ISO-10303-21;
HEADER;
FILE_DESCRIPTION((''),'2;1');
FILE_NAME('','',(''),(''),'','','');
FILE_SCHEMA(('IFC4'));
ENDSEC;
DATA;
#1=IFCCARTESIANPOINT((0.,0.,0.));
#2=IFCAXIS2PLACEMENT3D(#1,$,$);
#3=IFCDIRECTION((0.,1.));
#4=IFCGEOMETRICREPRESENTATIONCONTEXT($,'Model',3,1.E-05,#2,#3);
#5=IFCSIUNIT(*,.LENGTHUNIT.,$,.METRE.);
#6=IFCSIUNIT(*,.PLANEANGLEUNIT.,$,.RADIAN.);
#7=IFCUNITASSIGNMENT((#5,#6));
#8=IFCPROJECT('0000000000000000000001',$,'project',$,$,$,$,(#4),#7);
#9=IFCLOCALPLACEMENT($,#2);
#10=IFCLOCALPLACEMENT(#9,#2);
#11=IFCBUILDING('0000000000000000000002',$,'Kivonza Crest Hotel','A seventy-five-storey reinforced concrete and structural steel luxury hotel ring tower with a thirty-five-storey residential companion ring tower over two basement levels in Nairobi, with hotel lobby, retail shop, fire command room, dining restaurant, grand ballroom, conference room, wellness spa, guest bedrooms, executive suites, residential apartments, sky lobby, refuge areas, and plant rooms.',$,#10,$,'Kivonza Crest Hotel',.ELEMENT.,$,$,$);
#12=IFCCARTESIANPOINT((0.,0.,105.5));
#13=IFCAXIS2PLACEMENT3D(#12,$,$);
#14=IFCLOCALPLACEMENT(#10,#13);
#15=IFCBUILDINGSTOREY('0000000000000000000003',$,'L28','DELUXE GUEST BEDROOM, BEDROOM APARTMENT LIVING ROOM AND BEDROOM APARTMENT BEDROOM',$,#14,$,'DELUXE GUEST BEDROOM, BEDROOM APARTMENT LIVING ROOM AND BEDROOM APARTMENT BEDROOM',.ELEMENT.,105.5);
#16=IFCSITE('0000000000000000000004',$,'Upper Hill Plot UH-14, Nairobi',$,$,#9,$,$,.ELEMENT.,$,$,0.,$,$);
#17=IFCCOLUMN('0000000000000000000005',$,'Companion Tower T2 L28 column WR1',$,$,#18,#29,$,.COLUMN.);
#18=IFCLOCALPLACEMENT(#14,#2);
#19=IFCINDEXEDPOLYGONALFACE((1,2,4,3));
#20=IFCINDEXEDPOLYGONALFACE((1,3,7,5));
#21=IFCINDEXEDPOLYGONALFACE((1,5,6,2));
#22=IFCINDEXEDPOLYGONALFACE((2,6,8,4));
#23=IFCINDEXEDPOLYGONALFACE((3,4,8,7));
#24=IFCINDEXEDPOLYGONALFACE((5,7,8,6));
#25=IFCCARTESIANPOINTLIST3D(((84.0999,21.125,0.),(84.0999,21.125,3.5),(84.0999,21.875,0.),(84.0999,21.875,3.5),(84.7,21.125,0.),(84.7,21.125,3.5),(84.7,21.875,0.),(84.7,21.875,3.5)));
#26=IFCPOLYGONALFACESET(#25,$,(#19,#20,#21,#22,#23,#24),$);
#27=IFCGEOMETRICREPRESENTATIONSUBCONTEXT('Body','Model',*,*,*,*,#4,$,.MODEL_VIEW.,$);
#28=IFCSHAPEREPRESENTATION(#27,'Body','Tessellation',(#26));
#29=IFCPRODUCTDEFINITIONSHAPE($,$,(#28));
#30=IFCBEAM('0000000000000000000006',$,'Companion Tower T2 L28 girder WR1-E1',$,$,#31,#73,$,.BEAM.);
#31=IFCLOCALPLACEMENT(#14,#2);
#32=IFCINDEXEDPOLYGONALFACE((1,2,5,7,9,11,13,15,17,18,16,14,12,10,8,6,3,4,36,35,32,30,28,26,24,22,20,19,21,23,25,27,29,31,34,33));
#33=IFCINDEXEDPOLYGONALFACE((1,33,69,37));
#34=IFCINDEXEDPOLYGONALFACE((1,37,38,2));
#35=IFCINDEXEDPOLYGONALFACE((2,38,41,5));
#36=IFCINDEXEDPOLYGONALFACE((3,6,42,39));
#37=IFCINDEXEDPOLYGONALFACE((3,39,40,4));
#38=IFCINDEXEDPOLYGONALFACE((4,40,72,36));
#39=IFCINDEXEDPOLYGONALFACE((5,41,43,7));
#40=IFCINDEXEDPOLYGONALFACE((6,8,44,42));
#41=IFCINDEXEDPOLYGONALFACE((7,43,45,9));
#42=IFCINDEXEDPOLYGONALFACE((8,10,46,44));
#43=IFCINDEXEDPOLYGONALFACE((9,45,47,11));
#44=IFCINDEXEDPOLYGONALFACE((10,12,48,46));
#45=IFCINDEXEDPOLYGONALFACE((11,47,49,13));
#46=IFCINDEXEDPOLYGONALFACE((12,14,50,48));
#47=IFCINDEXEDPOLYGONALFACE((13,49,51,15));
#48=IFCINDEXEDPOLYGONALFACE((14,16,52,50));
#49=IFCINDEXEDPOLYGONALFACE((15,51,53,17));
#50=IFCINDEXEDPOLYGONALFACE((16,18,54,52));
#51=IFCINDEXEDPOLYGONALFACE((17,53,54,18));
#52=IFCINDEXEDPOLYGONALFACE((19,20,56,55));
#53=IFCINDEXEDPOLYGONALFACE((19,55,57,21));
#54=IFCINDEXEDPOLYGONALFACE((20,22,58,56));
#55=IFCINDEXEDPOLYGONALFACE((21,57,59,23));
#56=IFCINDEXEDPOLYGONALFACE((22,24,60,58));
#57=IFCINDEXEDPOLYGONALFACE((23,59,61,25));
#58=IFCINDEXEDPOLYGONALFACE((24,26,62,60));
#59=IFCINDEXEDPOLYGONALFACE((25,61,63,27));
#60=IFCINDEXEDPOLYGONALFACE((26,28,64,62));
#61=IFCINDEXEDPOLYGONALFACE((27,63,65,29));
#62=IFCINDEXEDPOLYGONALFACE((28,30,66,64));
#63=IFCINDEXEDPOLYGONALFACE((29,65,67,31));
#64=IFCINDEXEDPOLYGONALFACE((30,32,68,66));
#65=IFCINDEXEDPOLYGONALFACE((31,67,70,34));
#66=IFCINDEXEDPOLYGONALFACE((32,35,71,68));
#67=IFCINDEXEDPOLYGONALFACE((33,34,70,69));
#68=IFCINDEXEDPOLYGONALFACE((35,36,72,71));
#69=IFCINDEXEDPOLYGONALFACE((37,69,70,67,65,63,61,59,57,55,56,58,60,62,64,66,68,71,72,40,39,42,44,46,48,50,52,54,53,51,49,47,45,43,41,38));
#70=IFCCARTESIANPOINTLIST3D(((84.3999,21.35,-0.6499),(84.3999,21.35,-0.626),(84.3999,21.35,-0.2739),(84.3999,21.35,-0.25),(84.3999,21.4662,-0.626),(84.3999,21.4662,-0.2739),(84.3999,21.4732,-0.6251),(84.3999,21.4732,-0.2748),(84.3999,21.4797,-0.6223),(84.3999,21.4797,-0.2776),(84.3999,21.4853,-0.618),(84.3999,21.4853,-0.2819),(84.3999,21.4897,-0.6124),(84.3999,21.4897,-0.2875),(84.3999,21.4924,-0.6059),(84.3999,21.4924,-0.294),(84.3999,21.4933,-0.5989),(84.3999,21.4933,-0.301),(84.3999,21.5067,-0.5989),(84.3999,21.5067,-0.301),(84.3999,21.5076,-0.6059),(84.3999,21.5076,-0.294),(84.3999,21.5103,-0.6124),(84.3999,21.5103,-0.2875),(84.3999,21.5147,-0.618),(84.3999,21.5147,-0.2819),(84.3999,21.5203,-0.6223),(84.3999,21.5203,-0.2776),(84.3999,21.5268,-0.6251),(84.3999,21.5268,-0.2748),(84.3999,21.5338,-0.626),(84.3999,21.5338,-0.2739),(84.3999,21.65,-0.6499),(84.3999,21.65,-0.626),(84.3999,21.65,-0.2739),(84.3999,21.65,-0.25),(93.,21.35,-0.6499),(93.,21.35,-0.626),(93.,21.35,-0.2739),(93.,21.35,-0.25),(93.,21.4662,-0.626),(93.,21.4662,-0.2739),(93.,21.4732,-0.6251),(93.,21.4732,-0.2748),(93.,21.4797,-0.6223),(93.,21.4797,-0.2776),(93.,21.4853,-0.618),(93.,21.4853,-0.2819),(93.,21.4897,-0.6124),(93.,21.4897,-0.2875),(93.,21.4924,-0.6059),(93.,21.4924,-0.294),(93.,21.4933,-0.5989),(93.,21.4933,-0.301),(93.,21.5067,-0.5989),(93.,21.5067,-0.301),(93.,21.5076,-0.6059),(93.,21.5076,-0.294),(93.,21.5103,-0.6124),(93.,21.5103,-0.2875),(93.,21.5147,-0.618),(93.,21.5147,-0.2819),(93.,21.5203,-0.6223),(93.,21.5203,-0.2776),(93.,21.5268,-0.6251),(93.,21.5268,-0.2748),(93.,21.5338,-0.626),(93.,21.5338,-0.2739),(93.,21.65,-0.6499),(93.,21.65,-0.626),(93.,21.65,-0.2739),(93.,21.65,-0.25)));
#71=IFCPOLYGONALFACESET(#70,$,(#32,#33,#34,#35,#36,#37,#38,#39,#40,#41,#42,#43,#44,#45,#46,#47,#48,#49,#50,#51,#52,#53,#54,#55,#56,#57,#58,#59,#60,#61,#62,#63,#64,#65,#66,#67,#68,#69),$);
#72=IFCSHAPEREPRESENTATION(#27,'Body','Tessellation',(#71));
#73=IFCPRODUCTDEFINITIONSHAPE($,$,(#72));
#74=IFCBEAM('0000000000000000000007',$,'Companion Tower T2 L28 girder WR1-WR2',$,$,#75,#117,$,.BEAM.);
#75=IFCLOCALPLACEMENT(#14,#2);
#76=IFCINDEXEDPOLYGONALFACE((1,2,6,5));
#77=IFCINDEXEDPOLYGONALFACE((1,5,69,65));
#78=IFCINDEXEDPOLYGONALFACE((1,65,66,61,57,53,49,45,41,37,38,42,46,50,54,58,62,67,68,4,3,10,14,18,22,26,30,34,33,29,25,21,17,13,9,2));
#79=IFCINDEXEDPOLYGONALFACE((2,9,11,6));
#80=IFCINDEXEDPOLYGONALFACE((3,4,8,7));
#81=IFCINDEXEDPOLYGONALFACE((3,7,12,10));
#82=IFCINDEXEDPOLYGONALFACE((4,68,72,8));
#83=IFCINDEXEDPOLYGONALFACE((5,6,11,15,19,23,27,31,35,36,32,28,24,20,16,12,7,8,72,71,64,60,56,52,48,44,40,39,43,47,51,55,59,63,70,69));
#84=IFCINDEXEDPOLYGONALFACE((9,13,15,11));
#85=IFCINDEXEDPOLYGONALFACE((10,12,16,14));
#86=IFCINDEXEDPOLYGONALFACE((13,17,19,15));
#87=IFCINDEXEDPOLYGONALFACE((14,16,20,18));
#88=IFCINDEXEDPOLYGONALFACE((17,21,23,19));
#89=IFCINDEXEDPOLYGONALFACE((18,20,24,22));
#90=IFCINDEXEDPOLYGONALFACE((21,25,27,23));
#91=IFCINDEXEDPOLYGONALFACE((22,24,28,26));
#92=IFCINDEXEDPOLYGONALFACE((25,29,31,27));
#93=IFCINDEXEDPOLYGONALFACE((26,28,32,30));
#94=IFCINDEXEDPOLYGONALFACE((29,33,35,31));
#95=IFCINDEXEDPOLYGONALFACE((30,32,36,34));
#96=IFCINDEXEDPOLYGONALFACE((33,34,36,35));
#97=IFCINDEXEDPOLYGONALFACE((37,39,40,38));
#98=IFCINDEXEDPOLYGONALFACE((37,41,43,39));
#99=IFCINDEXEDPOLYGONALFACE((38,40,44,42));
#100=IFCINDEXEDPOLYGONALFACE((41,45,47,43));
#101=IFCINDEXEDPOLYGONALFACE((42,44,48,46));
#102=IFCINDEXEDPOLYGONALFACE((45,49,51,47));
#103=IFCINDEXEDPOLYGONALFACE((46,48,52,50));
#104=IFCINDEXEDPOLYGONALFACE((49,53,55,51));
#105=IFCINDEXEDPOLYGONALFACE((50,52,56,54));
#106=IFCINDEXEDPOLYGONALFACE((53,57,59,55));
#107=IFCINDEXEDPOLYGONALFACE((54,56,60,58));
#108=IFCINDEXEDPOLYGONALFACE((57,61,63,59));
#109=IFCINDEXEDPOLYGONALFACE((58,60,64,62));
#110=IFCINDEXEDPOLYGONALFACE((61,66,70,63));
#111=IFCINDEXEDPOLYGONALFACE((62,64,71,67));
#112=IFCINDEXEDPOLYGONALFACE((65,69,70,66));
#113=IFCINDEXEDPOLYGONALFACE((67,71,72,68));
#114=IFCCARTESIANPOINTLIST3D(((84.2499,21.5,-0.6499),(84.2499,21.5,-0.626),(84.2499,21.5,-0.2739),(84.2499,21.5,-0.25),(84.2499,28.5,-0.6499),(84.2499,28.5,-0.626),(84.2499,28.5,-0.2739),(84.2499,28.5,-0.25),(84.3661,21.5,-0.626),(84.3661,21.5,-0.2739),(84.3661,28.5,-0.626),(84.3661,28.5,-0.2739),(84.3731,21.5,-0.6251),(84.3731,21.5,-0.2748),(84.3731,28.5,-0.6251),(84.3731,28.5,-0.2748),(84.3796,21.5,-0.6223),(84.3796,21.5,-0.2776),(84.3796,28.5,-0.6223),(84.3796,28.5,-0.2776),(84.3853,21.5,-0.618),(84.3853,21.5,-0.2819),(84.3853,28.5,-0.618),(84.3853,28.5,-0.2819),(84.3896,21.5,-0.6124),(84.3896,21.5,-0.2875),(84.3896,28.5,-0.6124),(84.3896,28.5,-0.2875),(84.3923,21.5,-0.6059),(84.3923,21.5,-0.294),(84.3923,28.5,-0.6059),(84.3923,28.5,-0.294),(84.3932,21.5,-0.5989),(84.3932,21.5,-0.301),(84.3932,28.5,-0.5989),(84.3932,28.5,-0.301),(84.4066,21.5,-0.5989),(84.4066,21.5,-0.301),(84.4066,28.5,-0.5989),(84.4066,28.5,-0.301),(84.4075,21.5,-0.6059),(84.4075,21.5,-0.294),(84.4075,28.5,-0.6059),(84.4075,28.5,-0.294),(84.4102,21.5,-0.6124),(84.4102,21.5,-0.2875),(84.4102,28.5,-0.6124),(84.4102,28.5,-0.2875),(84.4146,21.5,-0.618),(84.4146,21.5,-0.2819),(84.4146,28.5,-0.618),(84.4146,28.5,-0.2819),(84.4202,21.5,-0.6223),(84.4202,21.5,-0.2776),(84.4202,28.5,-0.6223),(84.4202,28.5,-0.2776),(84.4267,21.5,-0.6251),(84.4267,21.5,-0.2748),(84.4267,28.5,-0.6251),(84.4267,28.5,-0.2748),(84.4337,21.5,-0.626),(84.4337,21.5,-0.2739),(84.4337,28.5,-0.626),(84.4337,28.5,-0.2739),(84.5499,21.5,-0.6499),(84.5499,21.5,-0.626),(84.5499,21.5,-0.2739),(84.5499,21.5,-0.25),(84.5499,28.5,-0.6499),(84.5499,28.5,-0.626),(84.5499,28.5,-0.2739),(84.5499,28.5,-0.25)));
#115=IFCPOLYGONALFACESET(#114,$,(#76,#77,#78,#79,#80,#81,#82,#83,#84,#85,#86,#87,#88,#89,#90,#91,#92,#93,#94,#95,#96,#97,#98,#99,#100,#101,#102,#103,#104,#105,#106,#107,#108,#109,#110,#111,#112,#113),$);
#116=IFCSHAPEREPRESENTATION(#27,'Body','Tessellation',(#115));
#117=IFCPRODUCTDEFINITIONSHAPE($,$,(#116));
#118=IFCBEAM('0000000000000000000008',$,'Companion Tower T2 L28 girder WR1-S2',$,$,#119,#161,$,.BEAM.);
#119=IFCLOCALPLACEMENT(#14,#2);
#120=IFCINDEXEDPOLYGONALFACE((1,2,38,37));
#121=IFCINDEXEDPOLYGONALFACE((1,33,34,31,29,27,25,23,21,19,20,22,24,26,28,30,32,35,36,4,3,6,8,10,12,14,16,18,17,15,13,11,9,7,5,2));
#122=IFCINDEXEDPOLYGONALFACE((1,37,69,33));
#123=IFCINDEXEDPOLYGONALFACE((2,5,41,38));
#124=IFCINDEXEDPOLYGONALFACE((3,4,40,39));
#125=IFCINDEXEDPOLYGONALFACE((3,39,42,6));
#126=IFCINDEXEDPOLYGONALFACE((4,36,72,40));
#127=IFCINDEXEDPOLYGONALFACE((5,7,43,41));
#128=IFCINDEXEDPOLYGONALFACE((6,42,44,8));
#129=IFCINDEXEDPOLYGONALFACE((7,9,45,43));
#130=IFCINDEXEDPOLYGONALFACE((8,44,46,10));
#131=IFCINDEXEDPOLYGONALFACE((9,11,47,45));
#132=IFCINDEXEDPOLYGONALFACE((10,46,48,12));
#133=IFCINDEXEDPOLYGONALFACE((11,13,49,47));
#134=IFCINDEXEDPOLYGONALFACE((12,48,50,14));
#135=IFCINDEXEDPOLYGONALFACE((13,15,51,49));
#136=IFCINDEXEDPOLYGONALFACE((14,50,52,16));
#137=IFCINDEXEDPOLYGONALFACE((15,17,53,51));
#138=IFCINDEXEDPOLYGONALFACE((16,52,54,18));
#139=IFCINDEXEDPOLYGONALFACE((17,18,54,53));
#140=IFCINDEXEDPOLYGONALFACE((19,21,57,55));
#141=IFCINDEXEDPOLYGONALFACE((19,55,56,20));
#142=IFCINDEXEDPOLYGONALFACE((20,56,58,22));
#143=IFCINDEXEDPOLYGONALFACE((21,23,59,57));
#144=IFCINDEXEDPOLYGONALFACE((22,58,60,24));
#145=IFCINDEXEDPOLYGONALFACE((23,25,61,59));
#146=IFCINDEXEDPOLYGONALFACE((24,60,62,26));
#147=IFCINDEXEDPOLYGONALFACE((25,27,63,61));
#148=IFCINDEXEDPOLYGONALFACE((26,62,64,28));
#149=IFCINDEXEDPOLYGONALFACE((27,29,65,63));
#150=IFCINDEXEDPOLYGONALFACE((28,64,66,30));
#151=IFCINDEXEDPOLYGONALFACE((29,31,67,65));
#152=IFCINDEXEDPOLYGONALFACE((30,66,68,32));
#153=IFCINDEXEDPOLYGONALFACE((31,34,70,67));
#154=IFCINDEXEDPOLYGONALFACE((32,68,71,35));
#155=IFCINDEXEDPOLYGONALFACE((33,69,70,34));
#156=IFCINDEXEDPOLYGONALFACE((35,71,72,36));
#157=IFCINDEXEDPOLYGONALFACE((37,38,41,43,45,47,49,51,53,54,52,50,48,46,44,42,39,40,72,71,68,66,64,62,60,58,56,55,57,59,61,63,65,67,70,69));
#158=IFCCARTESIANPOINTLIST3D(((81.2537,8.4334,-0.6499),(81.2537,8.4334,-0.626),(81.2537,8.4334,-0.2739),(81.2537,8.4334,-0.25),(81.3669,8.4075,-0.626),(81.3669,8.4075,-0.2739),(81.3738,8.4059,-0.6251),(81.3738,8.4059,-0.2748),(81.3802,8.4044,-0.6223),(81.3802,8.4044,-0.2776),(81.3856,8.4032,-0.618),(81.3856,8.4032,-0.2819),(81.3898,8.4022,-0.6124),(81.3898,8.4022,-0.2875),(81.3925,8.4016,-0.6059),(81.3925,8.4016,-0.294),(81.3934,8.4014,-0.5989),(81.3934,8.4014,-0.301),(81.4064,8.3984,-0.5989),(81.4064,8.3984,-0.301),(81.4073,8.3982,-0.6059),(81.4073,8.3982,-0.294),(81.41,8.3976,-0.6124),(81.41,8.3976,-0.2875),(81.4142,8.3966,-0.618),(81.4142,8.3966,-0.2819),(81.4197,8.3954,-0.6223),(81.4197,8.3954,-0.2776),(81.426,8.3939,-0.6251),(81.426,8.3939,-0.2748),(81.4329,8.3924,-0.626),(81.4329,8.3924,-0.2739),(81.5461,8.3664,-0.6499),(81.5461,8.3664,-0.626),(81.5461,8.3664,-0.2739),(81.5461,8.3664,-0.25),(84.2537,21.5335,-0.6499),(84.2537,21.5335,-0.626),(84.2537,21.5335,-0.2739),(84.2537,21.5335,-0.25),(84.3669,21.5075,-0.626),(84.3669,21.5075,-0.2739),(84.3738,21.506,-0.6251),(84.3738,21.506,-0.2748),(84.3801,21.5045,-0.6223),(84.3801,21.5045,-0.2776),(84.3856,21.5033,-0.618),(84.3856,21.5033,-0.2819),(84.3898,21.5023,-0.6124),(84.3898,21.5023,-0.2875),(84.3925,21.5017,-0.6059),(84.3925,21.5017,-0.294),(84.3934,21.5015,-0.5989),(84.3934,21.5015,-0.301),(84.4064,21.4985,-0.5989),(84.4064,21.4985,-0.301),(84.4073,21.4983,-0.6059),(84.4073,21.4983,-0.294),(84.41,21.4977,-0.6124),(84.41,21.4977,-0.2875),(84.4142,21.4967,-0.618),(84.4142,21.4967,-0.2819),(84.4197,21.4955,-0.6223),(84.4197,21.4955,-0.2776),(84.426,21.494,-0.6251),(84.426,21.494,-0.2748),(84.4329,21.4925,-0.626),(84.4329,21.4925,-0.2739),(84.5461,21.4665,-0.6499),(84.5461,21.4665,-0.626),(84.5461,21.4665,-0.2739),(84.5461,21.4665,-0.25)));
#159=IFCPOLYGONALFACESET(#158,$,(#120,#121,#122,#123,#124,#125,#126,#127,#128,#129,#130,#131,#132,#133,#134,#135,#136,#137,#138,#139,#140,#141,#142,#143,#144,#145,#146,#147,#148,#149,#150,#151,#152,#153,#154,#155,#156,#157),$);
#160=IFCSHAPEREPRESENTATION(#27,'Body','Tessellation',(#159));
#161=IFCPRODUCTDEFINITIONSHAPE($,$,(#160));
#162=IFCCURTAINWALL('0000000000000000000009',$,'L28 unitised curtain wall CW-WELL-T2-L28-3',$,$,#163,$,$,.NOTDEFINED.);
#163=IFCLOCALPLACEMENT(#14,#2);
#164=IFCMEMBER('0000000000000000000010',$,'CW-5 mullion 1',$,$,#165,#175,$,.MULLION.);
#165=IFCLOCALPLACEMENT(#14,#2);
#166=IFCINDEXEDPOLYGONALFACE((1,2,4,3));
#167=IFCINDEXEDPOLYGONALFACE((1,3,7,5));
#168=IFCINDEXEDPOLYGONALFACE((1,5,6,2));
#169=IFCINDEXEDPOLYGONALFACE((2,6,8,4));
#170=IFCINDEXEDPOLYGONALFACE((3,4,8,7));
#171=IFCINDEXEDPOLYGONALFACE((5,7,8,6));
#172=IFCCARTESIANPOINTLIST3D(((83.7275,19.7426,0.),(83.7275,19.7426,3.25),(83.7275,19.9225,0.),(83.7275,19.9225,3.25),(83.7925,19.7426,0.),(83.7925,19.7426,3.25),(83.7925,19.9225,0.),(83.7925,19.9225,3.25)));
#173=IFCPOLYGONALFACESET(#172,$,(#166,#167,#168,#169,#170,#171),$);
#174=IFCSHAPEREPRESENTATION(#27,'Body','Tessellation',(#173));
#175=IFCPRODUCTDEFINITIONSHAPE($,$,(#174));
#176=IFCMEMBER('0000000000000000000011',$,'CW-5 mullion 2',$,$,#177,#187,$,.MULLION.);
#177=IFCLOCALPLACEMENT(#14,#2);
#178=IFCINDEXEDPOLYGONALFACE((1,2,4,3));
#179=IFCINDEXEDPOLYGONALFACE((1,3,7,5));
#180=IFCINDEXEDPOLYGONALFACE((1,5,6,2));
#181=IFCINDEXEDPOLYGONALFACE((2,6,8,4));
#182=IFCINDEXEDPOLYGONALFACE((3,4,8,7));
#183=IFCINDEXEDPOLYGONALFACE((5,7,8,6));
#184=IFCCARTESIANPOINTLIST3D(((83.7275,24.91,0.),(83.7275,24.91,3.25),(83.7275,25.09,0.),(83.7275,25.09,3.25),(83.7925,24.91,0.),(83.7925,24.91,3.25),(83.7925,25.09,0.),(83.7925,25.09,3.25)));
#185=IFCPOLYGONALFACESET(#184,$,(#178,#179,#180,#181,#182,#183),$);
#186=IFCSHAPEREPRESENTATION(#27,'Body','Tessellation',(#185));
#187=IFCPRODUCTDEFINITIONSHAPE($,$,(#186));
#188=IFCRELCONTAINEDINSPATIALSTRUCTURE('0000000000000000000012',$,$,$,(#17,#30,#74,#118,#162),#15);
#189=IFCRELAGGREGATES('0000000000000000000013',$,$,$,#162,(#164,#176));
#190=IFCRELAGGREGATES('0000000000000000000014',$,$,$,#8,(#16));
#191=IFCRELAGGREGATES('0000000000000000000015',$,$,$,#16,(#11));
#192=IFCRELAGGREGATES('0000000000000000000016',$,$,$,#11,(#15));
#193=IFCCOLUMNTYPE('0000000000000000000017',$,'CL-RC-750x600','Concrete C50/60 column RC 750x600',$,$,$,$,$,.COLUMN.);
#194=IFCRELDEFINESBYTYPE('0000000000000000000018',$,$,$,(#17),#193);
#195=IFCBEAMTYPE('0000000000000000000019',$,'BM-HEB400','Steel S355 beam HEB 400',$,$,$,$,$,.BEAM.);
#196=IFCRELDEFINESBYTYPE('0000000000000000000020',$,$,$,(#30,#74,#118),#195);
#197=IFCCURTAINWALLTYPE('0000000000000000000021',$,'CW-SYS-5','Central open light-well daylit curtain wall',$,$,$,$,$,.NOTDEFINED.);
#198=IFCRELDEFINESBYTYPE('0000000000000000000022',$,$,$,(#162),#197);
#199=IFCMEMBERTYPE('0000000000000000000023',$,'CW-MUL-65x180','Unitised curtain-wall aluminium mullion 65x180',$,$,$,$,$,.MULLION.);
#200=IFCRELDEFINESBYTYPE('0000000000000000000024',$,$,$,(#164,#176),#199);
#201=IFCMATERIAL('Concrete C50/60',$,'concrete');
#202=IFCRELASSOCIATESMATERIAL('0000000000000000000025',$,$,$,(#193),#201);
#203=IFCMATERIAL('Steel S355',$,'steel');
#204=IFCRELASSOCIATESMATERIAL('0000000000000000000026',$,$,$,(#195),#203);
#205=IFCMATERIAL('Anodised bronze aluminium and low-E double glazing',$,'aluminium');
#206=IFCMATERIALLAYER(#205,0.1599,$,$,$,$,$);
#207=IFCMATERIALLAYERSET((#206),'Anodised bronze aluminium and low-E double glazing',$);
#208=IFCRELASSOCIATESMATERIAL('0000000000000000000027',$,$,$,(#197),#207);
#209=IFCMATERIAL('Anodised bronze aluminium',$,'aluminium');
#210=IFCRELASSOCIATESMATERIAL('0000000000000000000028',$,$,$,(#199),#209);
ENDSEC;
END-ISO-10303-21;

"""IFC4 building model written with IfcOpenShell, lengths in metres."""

from ifc_helpers import new_model, si_unit, direction, frame, origin, origin_2d, place, context, subcontext, project, spatial, rectangle, i_section, extrude, material, layer, layer_set, material_profile, profile_set, type_object, element, aggregate, save


model = new_model("IFC4")

# Units and contexts
model_context = context("Model", 3, precision=1e-05, world=origin(), true_north=direction((0.0, 1.0)))
body_context = subcontext(model_context, "Body", "Model", "MODEL_VIEW")
ifc_project = project(units=[si_unit("LENGTHUNIT", "METRE"), si_unit("PLANEANGLEUNIT", "RADIAN")], contexts=[model_context])

# Site, building, storey
site_placement = place(None, origin())
site = spatial("IfcSite", under=ifc_project, at=site_placement, Name="Upper Hill Plot UH-14, Nairobi", CompositionType="ELEMENT", RefElevation=0.0)
building_placement = place(site_placement, origin())
building = spatial("IfcBuilding", under=site, at=building_placement, Name="Kivonza Crest Hotel", Description="A seventy-five-storey reinforced concrete and structural steel luxury hotel ring tower with a thirty-five-storey residential companion ring tower over two basement levels in Nairobi, with hotel lobby, retail shop, fire command room, dining restaurant, grand ballroom, conference room, wellness spa, guest bedrooms, executive suites, residential apartments, sky lobby, refuge areas, and plant rooms.", LongName="Kivonza Crest Hotel", CompositionType="ELEMENT")
storey_placement = place(building_placement, frame((0.0, 0.0, 105.5)))
storey = spatial("IfcBuildingStorey", under=building, at=storey_placement, Name="L28", Description="DELUXE GUEST BEDROOM, BEDROOM APARTMENT LIVING ROOM AND BEDROOM APARTMENT BEDROOM", LongName="DELUXE GUEST BEDROOM, BEDROOM APARTMENT LIVING ROOM AND BEDROOM APARTMENT BEDROOM", CompositionType="ELEMENT", Elevation=105.5)

# Column
ifc_material_1 = material(Name="Concrete C50/60", Category="concrete")
ifc_material_profile_1 = material_profile(ifc_material_1, rectangle(XDim=0.6001, YDim=0.75, at=origin_2d()), Name="RC 750x600")
ifc_profile_set_1 = profile_set([ifc_material_profile_1], Name="Concrete C50/60")
column_type = type_object("IfcColumnType", Name="CL-RC-750x600", Description="Concrete C50/60 column RC 750x600", PredefinedType="COLUMN", material=ifc_profile_set_1)
column_placement = place(storey_placement, frame((84.3999, 21.5, 0.0), z_axis=(0.0, 0.0, 1.0), x_axis=(1.0, 0.0, 0.0)))
element("IfcColumn", 1, at=column_placement, inside=storey, type_object=column_type, Name="Companion Tower T2 L28 column WR1", PredefinedType="COLUMN", context=body_context, shape_type="SweptSolid", body=[
    extrude(rectangle(XDim=0.6001, YDim=0.75, at=origin_2d()), origin(), (0.0, 0.0, 1.0), 3.5),
])

# Beams
ifc_material_2 = material(Name="Steel S355", Category="steel")
ifc_material_profile_2 = material_profile(ifc_material_2, i_section(OverallWidth=0.3, OverallDepth=0.3999, WebThickness=0.0134, FlangeThickness=0.0239, FilletRadius=0.0271, at=origin_2d()), Name="HEB 400")
ifc_profile_set_2 = profile_set([ifc_material_profile_2], Name="Steel S355")
beam_type = type_object("IfcBeamType", Name="BM-HEB400", Description="Steel S355 beam HEB 400", PredefinedType="BEAM", material=ifc_profile_set_2)
beam_1_placement = place(storey_placement, frame((84.3999, 21.5, -0.45), z_axis=(1.0, 0.0, 0.0), x_axis=(0.0, 1.0, 0.0)))
element("IfcBeam", 2, at=beam_1_placement, inside=storey, type_object=beam_type, Name="Companion Tower T2 L28 girder WR1-E1", PredefinedType="BEAM", context=body_context, shape_type="SweptSolid", body=[
    extrude(i_section(OverallWidth=0.3, OverallDepth=0.3999, WebThickness=0.0134, FlangeThickness=0.0239, FilletRadius=0.0271, at=origin_2d()), origin(), (0.0, 0.0, 1.0), 8.6001),
])
beam_2_placement = place(storey_placement, frame((84.3999, 21.5, -0.45), z_axis=(0.0, 1.0, 0.0), x_axis=(-1.0, 0.0, 0.0)))
element("IfcBeam", 3, at=beam_2_placement, inside=storey, type_object=beam_type, Name="Companion Tower T2 L28 girder WR1-WR2", PredefinedType="BEAM", context=body_context, shape_type="SweptSolid", body=[
    extrude(i_section(OverallWidth=0.3, OverallDepth=0.3999, WebThickness=0.0134, FlangeThickness=0.0239, FilletRadius=0.0271, at=origin_2d()), origin(), (0.0, 0.0, 1.0), 7.0),
])
beam_3_placement = place(storey_placement, frame((84.3999, 21.5, -0.45), z_axis=(-0.223227, -0.974766, 0.0), x_axis=(0.974766, -0.223227, 0.0)))
element("IfcBeam", 4, at=beam_3_placement, inside=storey, type_object=beam_type, Name="Companion Tower T2 L28 girder WR1-S2", PredefinedType="BEAM", context=body_context, shape_type="SweptSolid", body=[
    extrude(i_section(OverallWidth=0.3, OverallDepth=0.3999, WebThickness=0.0134, FlangeThickness=0.0239, FilletRadius=0.0271, at=origin_2d()), origin(), (0.0, 0.0, 1.0), 13.4392),
])

# Curtain wall, members
ifc_material_3 = material(Name="Anodised bronze aluminium and low-E double glazing", Category="aluminium")
ifc_layer_1 = layer(ifc_material_3, 0.1599)
ifc_layer_set_1 = layer_set([ifc_layer_1], Name="Anodised bronze aluminium and low-E double glazing")
curtain_wall_type = type_object("IfcCurtainWallType", Name="CW-SYS-5", Description="Central open light-well daylit curtain wall", PredefinedType="NOTDEFINED", material=ifc_layer_set_1)
curtain_wall_placement = place(storey_placement, origin())
curtain_wall = element("IfcCurtainWall", 5, at=curtain_wall_placement, inside=storey, type_object=curtain_wall_type, Name="L28 unitised curtain wall CW-WELL-T2-L28-3", PredefinedType="NOTDEFINED")
ifc_material_4 = material(Name="Anodised bronze aluminium", Category="aluminium")
ifc_material_profile_3 = material_profile(ifc_material_4, rectangle(XDim=0.0649, YDim=0.1799, at=origin_2d()), Name="CW-M 65x180")
ifc_profile_set_3 = profile_set([ifc_material_profile_3], Name="Anodised bronze aluminium")
member_type_1 = type_object("IfcMemberType", Name="CW-MUL-65x180", Description="Unitised curtain-wall aluminium mullion 65x180", PredefinedType="MULLION", material=ifc_profile_set_3)
member_1_placement = place(storey_placement, frame((83.76, 19.8325, 0.0), z_axis=(0.0, 0.0, 1.0), x_axis=(-1.0, 0.0, 0.0)))
member_1 = element("IfcMember", 6, at=member_1_placement, type_object=member_type_1, Name="CW-5 mullion 1", PredefinedType="MULLION", context=body_context, shape_type="SweptSolid", body=[
    extrude(rectangle(XDim=0.0649, YDim=0.1799, at=origin_2d()), origin(), (0.0, 0.0, 1.0), 3.25),
])
member_2_placement = place(storey_placement, frame((83.76, 25.0, 0.0), z_axis=(0.0, 0.0, 1.0), x_axis=(-1.0, 0.0, 0.0)))
member_2 = element("IfcMember", 7, at=member_2_placement, type_object=member_type_1, Name="CW-5 mullion 2", PredefinedType="MULLION", context=body_context, shape_type="SweptSolid", body=[
    extrude(rectangle(XDim=0.0649, YDim=0.1799, at=origin_2d()), origin(), (0.0, 0.0, 1.0), 3.25),
])
aggregate(curtain_wall, [member_1, member_2])

save(model, "model.ifc")
